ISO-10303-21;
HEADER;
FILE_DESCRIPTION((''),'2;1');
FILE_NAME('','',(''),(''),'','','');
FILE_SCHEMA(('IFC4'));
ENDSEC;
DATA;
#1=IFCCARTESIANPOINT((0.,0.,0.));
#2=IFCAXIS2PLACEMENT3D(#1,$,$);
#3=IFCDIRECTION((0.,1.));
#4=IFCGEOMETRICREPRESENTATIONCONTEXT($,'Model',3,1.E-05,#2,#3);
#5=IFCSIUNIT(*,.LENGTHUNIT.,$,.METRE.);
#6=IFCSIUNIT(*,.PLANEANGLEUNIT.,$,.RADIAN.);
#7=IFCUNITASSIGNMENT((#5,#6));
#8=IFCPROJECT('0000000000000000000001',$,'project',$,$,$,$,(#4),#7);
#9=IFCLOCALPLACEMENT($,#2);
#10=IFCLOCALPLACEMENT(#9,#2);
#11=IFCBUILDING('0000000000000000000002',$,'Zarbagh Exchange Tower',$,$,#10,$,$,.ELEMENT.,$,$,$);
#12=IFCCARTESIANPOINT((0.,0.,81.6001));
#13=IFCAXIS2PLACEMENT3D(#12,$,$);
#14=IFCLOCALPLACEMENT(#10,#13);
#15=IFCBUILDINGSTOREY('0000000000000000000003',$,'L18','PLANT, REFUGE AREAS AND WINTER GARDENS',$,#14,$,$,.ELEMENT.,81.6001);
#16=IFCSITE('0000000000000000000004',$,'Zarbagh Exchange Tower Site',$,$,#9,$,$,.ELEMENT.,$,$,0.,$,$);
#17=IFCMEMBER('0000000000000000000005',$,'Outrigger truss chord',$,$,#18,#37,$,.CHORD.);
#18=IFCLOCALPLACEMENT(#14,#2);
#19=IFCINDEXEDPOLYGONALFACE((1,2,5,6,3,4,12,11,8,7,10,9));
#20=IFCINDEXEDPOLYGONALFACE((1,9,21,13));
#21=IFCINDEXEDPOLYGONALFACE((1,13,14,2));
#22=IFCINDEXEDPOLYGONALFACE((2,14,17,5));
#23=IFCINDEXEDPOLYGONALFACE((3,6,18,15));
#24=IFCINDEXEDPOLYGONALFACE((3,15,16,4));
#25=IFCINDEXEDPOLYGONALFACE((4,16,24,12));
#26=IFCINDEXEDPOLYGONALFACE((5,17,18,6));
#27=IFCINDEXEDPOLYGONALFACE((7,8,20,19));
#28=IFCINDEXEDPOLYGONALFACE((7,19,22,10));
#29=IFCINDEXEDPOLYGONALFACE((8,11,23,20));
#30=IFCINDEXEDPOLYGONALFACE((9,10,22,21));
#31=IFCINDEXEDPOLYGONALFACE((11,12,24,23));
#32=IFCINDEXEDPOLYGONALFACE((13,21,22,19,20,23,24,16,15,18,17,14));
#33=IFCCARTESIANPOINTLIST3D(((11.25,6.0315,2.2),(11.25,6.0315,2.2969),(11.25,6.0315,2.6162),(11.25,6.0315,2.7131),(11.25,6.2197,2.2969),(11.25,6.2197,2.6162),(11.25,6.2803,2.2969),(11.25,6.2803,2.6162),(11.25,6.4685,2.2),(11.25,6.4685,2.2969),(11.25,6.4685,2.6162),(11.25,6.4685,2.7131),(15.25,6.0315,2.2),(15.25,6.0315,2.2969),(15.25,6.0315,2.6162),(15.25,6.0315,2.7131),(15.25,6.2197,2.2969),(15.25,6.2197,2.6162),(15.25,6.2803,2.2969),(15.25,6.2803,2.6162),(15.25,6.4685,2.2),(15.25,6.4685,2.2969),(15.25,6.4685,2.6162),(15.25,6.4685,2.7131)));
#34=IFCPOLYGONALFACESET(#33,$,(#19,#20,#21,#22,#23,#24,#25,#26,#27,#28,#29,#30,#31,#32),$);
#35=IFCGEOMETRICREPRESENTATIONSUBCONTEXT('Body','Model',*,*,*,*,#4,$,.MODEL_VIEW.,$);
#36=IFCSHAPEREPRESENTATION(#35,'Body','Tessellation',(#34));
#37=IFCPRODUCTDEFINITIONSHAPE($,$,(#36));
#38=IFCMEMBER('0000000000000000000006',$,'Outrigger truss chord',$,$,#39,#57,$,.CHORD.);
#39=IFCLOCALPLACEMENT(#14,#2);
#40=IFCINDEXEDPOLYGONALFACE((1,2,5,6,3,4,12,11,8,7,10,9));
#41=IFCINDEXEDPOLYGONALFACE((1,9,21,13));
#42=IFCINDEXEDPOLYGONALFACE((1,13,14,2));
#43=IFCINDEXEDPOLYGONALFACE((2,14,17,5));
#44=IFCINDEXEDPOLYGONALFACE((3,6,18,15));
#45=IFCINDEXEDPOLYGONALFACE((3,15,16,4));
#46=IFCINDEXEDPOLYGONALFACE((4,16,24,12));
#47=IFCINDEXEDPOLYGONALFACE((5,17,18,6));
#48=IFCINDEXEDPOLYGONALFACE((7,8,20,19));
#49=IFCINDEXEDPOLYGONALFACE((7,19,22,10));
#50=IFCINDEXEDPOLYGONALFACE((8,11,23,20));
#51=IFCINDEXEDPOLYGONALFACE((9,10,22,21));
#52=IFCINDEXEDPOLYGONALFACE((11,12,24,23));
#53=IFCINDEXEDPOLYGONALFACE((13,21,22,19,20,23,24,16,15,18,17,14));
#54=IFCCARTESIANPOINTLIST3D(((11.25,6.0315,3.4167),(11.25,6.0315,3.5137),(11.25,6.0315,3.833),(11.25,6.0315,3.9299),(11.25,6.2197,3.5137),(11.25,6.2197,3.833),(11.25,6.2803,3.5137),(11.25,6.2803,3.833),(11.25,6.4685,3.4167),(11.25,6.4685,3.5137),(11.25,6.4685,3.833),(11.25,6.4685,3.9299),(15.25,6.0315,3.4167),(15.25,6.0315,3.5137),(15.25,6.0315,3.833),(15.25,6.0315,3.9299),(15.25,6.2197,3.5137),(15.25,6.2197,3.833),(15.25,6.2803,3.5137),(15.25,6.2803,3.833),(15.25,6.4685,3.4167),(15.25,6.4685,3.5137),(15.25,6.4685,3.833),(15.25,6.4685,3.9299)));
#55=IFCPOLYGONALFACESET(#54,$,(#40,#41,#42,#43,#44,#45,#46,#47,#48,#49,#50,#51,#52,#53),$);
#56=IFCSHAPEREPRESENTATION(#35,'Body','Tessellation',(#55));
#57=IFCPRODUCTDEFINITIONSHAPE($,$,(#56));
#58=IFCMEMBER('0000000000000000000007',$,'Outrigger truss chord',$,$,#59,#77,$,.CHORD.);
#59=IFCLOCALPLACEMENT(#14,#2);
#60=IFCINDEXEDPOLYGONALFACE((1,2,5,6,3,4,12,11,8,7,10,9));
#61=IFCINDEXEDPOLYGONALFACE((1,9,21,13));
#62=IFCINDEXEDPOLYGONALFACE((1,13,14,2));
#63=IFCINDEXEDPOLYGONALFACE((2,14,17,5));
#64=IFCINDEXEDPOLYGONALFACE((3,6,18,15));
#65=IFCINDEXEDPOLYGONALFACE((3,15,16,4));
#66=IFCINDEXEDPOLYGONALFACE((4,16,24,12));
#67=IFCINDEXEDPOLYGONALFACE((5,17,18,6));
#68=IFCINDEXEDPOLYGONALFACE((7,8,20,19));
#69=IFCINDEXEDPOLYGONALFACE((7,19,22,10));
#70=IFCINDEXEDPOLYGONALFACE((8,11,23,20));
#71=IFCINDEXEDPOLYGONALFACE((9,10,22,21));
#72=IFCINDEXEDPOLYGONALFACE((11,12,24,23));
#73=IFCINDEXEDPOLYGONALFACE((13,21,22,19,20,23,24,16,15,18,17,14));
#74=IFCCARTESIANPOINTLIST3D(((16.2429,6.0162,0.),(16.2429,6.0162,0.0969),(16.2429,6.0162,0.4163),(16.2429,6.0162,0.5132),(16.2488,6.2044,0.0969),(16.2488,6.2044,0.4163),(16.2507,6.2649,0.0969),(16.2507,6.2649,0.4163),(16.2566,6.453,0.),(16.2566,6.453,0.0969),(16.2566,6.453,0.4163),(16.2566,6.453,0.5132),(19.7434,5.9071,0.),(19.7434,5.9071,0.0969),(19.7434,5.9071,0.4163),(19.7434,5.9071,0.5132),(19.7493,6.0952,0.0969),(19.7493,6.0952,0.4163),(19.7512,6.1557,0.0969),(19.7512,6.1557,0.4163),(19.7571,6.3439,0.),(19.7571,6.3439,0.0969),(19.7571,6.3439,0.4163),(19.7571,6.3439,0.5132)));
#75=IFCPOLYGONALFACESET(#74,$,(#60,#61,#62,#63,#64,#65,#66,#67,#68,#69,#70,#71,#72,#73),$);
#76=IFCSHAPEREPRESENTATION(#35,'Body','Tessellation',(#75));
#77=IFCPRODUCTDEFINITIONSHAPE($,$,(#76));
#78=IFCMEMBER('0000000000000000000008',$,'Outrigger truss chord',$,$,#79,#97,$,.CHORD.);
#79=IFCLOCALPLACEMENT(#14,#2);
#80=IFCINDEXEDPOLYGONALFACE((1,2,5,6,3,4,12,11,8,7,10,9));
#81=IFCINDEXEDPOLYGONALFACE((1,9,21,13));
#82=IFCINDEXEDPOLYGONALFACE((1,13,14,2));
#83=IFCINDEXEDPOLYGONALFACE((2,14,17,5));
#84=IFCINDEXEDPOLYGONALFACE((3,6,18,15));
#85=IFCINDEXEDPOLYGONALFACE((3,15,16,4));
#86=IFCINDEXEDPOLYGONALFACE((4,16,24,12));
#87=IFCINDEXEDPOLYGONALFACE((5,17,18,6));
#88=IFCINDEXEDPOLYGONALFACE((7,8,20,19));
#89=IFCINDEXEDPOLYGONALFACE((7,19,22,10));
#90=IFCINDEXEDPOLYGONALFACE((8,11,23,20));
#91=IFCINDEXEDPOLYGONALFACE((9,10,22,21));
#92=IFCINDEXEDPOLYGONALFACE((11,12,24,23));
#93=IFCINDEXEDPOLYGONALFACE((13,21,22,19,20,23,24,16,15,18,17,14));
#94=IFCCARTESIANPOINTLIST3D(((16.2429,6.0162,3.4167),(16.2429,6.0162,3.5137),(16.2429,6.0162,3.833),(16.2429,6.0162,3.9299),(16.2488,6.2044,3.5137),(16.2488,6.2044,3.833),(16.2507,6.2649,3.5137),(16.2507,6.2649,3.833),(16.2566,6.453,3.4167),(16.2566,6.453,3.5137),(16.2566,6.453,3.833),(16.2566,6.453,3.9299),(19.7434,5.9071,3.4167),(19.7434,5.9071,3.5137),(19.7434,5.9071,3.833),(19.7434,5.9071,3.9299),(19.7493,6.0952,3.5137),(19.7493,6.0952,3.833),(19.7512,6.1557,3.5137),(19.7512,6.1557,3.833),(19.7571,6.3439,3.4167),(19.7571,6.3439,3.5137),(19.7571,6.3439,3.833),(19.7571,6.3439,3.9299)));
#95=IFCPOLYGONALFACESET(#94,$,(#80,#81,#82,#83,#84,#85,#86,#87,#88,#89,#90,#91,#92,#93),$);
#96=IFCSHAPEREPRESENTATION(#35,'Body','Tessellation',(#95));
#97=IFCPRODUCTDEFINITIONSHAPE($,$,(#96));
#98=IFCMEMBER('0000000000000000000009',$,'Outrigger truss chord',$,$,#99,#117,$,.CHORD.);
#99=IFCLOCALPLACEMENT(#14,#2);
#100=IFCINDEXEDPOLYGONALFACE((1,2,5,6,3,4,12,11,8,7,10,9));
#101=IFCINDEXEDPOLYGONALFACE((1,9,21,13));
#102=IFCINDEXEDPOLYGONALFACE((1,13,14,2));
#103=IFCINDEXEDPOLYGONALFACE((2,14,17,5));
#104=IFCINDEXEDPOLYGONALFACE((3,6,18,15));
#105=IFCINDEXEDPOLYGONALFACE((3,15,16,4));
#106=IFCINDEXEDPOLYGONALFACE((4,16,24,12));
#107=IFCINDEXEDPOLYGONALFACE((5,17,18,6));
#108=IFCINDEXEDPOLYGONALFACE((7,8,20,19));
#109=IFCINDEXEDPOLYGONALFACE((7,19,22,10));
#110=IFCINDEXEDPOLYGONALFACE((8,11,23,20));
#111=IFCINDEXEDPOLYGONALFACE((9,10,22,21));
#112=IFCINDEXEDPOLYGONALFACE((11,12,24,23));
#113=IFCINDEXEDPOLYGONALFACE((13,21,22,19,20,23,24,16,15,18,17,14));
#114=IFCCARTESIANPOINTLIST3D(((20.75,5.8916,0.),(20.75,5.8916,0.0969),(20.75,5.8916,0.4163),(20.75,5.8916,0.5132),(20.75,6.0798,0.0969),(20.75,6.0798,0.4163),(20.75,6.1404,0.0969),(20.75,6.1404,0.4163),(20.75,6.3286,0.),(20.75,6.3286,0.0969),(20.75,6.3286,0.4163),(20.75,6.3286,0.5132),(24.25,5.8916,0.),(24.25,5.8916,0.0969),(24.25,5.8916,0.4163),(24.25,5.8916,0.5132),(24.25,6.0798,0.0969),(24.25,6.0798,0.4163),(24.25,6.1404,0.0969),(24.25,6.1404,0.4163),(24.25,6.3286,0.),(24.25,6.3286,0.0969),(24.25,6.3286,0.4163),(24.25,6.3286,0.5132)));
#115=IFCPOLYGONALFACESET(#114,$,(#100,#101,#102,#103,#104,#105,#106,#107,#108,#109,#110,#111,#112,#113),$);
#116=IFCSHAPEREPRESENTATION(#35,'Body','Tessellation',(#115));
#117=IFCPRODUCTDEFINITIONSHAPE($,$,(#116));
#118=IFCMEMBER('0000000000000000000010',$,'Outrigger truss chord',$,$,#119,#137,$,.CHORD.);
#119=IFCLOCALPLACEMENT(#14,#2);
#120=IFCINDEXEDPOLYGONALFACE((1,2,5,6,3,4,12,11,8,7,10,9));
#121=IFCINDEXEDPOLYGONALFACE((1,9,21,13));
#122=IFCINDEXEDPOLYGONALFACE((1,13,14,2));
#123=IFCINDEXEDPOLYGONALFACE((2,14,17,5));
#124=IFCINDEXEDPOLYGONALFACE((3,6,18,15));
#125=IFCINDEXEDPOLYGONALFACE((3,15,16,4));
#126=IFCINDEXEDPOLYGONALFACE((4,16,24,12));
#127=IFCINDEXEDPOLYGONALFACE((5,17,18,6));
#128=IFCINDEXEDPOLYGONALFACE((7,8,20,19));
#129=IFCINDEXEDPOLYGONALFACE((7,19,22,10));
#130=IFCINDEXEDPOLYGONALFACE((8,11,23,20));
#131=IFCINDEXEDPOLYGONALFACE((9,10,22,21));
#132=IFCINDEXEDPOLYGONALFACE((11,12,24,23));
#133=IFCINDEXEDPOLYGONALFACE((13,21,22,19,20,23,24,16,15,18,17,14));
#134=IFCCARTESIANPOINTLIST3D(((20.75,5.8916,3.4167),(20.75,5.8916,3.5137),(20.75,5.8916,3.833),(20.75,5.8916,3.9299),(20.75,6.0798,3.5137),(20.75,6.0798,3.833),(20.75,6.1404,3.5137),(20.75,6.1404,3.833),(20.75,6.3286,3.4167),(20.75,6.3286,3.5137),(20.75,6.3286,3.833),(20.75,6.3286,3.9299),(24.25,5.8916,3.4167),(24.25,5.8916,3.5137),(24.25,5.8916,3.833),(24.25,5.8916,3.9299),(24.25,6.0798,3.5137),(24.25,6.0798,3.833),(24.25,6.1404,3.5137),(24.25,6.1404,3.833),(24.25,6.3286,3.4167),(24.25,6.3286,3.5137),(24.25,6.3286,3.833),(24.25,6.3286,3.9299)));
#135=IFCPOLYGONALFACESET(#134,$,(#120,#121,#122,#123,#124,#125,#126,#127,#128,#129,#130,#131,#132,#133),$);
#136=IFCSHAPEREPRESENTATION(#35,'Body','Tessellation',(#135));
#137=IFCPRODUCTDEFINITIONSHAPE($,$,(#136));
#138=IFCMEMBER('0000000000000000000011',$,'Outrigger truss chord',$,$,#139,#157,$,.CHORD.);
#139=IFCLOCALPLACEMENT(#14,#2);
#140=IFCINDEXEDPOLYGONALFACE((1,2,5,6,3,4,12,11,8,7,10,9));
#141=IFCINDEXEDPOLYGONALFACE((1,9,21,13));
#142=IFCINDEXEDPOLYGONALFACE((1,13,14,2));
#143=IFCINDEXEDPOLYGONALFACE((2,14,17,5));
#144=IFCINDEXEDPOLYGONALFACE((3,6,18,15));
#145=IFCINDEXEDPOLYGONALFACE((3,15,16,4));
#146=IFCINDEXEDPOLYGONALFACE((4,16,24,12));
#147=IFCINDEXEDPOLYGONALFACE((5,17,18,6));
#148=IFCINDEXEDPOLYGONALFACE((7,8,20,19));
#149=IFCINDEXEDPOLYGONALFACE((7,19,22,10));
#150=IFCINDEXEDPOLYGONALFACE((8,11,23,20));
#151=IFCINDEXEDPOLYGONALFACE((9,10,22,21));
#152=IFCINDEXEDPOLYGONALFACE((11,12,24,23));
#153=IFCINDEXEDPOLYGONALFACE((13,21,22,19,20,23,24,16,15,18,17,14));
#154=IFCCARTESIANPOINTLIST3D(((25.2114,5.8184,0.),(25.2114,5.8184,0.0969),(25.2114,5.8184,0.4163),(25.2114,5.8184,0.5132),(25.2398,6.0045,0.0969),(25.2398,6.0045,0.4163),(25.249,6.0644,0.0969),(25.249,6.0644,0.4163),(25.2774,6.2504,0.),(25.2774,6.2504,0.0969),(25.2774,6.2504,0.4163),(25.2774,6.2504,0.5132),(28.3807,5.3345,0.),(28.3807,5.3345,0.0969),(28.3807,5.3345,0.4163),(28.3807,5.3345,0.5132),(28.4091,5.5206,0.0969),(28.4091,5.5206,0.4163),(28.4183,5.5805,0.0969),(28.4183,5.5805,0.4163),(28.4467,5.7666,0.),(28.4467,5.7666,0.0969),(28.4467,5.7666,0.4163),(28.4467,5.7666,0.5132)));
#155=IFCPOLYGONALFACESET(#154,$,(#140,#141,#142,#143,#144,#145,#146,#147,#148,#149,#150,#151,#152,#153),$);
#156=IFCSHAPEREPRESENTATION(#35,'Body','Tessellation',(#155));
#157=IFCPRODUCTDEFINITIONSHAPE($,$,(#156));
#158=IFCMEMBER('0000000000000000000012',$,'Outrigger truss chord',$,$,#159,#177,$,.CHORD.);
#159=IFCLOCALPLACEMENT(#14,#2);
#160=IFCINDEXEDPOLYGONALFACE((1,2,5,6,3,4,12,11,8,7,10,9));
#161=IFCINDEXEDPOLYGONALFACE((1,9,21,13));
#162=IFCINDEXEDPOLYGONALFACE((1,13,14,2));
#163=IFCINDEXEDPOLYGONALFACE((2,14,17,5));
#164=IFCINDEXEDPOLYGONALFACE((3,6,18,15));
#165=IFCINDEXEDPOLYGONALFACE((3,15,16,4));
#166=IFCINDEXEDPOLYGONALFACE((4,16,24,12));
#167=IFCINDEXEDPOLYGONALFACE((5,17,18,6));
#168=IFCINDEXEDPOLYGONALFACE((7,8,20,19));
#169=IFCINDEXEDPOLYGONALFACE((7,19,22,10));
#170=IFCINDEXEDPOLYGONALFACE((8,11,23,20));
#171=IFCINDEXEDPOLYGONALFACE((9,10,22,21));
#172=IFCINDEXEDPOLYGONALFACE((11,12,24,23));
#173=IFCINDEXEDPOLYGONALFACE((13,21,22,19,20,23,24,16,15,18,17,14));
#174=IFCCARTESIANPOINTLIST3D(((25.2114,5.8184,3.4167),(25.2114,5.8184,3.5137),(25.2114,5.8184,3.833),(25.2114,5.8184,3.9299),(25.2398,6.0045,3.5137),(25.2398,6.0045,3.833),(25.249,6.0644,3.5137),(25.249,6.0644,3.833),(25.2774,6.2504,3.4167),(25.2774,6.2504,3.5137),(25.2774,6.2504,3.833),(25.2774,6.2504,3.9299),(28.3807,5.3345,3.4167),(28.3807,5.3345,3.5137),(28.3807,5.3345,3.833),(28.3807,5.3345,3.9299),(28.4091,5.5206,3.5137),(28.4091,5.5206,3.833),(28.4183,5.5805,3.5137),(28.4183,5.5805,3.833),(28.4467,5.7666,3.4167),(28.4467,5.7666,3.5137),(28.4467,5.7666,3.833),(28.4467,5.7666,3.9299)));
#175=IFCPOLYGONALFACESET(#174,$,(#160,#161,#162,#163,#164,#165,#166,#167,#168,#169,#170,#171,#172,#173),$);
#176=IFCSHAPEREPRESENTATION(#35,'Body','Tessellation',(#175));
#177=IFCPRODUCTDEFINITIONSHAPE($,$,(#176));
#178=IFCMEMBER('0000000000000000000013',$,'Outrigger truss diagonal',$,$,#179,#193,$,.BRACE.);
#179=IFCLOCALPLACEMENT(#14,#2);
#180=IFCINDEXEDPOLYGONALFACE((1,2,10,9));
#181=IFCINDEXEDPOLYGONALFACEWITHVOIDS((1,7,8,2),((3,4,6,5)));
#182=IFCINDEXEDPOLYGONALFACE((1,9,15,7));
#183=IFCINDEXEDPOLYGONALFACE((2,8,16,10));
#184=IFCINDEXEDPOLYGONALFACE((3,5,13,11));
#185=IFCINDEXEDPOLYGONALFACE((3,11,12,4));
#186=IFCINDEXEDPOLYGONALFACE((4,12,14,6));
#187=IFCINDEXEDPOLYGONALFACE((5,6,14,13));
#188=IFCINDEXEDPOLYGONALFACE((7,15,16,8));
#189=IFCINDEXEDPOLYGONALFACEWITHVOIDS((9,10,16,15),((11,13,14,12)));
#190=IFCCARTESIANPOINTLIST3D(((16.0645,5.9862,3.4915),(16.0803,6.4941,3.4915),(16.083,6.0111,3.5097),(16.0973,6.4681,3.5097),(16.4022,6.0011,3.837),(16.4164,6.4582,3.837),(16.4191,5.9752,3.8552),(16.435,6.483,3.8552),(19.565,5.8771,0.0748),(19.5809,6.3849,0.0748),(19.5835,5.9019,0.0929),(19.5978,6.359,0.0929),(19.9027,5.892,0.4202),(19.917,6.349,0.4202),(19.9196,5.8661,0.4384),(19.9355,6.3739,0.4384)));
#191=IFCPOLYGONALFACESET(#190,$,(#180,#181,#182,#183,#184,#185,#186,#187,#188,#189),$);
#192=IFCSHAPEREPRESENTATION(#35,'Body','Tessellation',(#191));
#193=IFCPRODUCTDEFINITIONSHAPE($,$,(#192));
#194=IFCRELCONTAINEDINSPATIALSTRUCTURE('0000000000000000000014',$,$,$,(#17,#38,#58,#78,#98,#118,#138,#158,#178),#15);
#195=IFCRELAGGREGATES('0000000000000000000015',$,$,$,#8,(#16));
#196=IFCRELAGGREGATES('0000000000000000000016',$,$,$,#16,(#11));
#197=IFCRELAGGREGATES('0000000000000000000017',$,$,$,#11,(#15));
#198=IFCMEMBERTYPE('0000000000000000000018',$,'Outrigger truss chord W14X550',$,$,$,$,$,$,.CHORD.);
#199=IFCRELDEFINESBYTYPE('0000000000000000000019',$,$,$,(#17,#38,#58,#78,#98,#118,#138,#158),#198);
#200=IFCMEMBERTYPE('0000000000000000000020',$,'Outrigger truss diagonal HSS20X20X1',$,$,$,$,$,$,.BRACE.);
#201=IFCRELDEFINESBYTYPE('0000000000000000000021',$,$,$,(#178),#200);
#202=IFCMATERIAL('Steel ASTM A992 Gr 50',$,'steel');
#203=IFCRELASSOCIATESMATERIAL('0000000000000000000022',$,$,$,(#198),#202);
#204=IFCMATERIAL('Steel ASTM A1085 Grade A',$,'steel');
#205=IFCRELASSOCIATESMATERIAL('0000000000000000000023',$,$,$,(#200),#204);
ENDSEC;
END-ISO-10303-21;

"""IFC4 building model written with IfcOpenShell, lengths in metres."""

from ifc_helpers import new_model, si_unit, direction, frame, origin, origin_2d, place, context, subcontext, project, spatial, hollow_rectangle, i_section, extrude, material, material_profile, profile_set, type_object, element, save


model = new_model("IFC4")

# Units and contexts
model_context = context("Model", 3, precision=1e-05, world=origin(), true_north=direction((0.0, 1.0)))
body_context = subcontext(model_context, "Body", "Model", "MODEL_VIEW")
ifc_project = project(units=[si_unit("LENGTHUNIT", "METRE"), si_unit("PLANEANGLEUNIT", "RADIAN")], contexts=[model_context])

# Site, building, storey
site_placement = place(None, origin())
site = spatial("IfcSite", under=ifc_project, at=site_placement, Name="Zarbagh Exchange Tower Site", CompositionType="ELEMENT", RefElevation=0.0)
building_placement = place(site_placement, origin())
building = spatial("IfcBuilding", under=site, at=building_placement, Name="Zarbagh Exchange Tower", CompositionType="ELEMENT")
storey_placement = place(building_placement, frame((0.0, 0.0, 81.6001)))
storey = spatial("IfcBuildingStorey", under=building, at=storey_placement, Name="L18", Description="PLANT, REFUGE AREAS AND WINTER GARDENS", CompositionType="ELEMENT", Elevation=81.6001)

# Shared definitions
ifc_material_1 = material(Name="Steel ASTM A992 Gr 50", Category="steel")

# Members
ifc_material_profile_1 = material_profile(ifc_material_1, i_section(OverallWidth=0.437, OverallDepth=0.5132, WebThickness=0.0605, FlangeThickness=0.0969, at=origin_2d()), Name="W14X550")
ifc_profile_set_1 = profile_set([ifc_material_profile_1], Name="Steel ASTM A992 Gr 50")
member_type_1 = type_object("IfcMemberType", Name="Outrigger truss chord W14X550", PredefinedType="CHORD", material=ifc_profile_set_1)
for number, where, z_axis, x_axis, name in (
    (1, (11.25, 6.25, 2.4565), (1.0, 0.0, 0.0), (0.0, 1.0, 0.0), "Outrigger truss chord"),
    (2, (11.25, 6.25, 3.6733), (1.0, 0.0, 0.0), (0.0, 1.0, 0.0), "Outrigger truss chord"),
):
    element("IfcMember", number, at=place(storey_placement, frame(where, z_axis=z_axis, x_axis=x_axis)), inside=storey, type_object=member_type_1, Name=name, PredefinedType="CHORD", context=body_context, shape_type="SweptSolid", body=[
        extrude(i_section(OverallWidth=0.437, OverallDepth=0.5132, WebThickness=0.0605, FlangeThickness=0.0969, at=origin_2d()), origin(), (0.0, 0.0, 1.0), 4.0),
    ])
for number, where, z_axis, x_axis, name in (
    (3, (16.2498, 6.2346, 0.2566), (0.999514, -0.031161, 0.0), (0.031161, 0.999514, 0.0), "Outrigger truss chord"),
    (4, (16.2498, 6.2346, 3.6733), (0.999514, -0.031161, 0.0), (0.031161, 0.999514, 0.0), "Outrigger truss chord"),
):
    element("IfcMember", number, at=place(storey_placement, frame(where, z_axis=z_axis, x_axis=x_axis)), inside=storey, type_object=member_type_1, Name=name, PredefinedType="CHORD", context=body_context, shape_type="SweptSolid", body=[
        extrude(i_section(OverallWidth=0.437, OverallDepth=0.5132, WebThickness=0.0605, FlangeThickness=0.0969, at=origin_2d()), origin(), (0.0, 0.0, 1.0), 3.5022),
    ])
for number, where, z_axis, x_axis, name in (
    (5, (20.75, 6.1101, 0.2566), (1.0, 0.0, 0.0), (0.0, 1.0, 0.0), "Outrigger truss chord"),
    (6, (20.75, 6.1101, 3.6733), (1.0, 0.0, 0.0), (0.0, 1.0, 0.0), "Outrigger truss chord"),
):
    element("IfcMember", number, at=place(storey_placement, frame(where, z_axis=z_axis, x_axis=x_axis)), inside=storey, type_object=member_type_1, Name=name, PredefinedType="CHORD", context=body_context, shape_type="SweptSolid", body=[
        extrude(i_section(OverallWidth=0.437, OverallDepth=0.5132, WebThickness=0.0605, FlangeThickness=0.0969, at=origin_2d()), origin(), (0.0, 0.0, 1.0), 3.5),
    ])
for number, where, z_axis, x_axis, name in (
    (7, (25.2444, 6.0344, 0.2566), (0.988545, -0.150924, 0.0), (0.150924, 0.988545, 0.0), "Outrigger truss chord"),
    (8, (25.2444, 6.0344, 3.6733), (0.988545, -0.150924, 0.0), (0.150924, 0.988545, 0.0), "Outrigger truss chord"),
):
    element("IfcMember", number, at=place(storey_placement, frame(where, z_axis=z_axis, x_axis=x_axis)), inside=storey, type_object=member_type_1, Name=name, PredefinedType="CHORD", context=body_context, shape_type="SweptSolid", body=[
        extrude(i_section(OverallWidth=0.437, OverallDepth=0.5132, WebThickness=0.0605, FlangeThickness=0.0969, at=origin_2d()), origin(), (0.0, 0.0, 1.0), 3.2061),
    ])
ifc_material_2 = material(Name="Steel ASTM A1085 Grade A", Category="steel")
ifc_material_profile_2 = material_profile(ifc_material_2, hollow_rectangle(XDim=0.5081, YDim=0.5081, WallThickness=0.0254, at=origin_2d()), Name="HSS20X20X1")
ifc_profile_set_2 = profile_set([ifc_material_profile_2], Name="Steel ASTM A1085 Grade A")
member_type_2 = type_object("IfcMemberType", Name="Outrigger truss diagonal HSS20X20X1", PredefinedType="BRACE", material=ifc_profile_set_2)
member_1_placement = place(storey_placement, frame((19.7502, 6.1255, 0.2566), z_axis=(-0.715437, 0.022304, 0.698322), x_axis=(-0.031161, -0.999514, 0.0)))
element("IfcMember", 9, at=member_1_placement, inside=storey, type_object=member_type_2, Name="Outrigger truss diagonal", PredefinedType="BRACE", context=body_context, shape_type="SweptSolid", body=[
    extrude(hollow_rectangle(XDim=0.5081, YDim=0.5081, WallThickness=0.0254, at=origin_2d()), origin(), (0.0, 0.0, 1.0), 4.8928),
])

save(model, "model.ifc")
